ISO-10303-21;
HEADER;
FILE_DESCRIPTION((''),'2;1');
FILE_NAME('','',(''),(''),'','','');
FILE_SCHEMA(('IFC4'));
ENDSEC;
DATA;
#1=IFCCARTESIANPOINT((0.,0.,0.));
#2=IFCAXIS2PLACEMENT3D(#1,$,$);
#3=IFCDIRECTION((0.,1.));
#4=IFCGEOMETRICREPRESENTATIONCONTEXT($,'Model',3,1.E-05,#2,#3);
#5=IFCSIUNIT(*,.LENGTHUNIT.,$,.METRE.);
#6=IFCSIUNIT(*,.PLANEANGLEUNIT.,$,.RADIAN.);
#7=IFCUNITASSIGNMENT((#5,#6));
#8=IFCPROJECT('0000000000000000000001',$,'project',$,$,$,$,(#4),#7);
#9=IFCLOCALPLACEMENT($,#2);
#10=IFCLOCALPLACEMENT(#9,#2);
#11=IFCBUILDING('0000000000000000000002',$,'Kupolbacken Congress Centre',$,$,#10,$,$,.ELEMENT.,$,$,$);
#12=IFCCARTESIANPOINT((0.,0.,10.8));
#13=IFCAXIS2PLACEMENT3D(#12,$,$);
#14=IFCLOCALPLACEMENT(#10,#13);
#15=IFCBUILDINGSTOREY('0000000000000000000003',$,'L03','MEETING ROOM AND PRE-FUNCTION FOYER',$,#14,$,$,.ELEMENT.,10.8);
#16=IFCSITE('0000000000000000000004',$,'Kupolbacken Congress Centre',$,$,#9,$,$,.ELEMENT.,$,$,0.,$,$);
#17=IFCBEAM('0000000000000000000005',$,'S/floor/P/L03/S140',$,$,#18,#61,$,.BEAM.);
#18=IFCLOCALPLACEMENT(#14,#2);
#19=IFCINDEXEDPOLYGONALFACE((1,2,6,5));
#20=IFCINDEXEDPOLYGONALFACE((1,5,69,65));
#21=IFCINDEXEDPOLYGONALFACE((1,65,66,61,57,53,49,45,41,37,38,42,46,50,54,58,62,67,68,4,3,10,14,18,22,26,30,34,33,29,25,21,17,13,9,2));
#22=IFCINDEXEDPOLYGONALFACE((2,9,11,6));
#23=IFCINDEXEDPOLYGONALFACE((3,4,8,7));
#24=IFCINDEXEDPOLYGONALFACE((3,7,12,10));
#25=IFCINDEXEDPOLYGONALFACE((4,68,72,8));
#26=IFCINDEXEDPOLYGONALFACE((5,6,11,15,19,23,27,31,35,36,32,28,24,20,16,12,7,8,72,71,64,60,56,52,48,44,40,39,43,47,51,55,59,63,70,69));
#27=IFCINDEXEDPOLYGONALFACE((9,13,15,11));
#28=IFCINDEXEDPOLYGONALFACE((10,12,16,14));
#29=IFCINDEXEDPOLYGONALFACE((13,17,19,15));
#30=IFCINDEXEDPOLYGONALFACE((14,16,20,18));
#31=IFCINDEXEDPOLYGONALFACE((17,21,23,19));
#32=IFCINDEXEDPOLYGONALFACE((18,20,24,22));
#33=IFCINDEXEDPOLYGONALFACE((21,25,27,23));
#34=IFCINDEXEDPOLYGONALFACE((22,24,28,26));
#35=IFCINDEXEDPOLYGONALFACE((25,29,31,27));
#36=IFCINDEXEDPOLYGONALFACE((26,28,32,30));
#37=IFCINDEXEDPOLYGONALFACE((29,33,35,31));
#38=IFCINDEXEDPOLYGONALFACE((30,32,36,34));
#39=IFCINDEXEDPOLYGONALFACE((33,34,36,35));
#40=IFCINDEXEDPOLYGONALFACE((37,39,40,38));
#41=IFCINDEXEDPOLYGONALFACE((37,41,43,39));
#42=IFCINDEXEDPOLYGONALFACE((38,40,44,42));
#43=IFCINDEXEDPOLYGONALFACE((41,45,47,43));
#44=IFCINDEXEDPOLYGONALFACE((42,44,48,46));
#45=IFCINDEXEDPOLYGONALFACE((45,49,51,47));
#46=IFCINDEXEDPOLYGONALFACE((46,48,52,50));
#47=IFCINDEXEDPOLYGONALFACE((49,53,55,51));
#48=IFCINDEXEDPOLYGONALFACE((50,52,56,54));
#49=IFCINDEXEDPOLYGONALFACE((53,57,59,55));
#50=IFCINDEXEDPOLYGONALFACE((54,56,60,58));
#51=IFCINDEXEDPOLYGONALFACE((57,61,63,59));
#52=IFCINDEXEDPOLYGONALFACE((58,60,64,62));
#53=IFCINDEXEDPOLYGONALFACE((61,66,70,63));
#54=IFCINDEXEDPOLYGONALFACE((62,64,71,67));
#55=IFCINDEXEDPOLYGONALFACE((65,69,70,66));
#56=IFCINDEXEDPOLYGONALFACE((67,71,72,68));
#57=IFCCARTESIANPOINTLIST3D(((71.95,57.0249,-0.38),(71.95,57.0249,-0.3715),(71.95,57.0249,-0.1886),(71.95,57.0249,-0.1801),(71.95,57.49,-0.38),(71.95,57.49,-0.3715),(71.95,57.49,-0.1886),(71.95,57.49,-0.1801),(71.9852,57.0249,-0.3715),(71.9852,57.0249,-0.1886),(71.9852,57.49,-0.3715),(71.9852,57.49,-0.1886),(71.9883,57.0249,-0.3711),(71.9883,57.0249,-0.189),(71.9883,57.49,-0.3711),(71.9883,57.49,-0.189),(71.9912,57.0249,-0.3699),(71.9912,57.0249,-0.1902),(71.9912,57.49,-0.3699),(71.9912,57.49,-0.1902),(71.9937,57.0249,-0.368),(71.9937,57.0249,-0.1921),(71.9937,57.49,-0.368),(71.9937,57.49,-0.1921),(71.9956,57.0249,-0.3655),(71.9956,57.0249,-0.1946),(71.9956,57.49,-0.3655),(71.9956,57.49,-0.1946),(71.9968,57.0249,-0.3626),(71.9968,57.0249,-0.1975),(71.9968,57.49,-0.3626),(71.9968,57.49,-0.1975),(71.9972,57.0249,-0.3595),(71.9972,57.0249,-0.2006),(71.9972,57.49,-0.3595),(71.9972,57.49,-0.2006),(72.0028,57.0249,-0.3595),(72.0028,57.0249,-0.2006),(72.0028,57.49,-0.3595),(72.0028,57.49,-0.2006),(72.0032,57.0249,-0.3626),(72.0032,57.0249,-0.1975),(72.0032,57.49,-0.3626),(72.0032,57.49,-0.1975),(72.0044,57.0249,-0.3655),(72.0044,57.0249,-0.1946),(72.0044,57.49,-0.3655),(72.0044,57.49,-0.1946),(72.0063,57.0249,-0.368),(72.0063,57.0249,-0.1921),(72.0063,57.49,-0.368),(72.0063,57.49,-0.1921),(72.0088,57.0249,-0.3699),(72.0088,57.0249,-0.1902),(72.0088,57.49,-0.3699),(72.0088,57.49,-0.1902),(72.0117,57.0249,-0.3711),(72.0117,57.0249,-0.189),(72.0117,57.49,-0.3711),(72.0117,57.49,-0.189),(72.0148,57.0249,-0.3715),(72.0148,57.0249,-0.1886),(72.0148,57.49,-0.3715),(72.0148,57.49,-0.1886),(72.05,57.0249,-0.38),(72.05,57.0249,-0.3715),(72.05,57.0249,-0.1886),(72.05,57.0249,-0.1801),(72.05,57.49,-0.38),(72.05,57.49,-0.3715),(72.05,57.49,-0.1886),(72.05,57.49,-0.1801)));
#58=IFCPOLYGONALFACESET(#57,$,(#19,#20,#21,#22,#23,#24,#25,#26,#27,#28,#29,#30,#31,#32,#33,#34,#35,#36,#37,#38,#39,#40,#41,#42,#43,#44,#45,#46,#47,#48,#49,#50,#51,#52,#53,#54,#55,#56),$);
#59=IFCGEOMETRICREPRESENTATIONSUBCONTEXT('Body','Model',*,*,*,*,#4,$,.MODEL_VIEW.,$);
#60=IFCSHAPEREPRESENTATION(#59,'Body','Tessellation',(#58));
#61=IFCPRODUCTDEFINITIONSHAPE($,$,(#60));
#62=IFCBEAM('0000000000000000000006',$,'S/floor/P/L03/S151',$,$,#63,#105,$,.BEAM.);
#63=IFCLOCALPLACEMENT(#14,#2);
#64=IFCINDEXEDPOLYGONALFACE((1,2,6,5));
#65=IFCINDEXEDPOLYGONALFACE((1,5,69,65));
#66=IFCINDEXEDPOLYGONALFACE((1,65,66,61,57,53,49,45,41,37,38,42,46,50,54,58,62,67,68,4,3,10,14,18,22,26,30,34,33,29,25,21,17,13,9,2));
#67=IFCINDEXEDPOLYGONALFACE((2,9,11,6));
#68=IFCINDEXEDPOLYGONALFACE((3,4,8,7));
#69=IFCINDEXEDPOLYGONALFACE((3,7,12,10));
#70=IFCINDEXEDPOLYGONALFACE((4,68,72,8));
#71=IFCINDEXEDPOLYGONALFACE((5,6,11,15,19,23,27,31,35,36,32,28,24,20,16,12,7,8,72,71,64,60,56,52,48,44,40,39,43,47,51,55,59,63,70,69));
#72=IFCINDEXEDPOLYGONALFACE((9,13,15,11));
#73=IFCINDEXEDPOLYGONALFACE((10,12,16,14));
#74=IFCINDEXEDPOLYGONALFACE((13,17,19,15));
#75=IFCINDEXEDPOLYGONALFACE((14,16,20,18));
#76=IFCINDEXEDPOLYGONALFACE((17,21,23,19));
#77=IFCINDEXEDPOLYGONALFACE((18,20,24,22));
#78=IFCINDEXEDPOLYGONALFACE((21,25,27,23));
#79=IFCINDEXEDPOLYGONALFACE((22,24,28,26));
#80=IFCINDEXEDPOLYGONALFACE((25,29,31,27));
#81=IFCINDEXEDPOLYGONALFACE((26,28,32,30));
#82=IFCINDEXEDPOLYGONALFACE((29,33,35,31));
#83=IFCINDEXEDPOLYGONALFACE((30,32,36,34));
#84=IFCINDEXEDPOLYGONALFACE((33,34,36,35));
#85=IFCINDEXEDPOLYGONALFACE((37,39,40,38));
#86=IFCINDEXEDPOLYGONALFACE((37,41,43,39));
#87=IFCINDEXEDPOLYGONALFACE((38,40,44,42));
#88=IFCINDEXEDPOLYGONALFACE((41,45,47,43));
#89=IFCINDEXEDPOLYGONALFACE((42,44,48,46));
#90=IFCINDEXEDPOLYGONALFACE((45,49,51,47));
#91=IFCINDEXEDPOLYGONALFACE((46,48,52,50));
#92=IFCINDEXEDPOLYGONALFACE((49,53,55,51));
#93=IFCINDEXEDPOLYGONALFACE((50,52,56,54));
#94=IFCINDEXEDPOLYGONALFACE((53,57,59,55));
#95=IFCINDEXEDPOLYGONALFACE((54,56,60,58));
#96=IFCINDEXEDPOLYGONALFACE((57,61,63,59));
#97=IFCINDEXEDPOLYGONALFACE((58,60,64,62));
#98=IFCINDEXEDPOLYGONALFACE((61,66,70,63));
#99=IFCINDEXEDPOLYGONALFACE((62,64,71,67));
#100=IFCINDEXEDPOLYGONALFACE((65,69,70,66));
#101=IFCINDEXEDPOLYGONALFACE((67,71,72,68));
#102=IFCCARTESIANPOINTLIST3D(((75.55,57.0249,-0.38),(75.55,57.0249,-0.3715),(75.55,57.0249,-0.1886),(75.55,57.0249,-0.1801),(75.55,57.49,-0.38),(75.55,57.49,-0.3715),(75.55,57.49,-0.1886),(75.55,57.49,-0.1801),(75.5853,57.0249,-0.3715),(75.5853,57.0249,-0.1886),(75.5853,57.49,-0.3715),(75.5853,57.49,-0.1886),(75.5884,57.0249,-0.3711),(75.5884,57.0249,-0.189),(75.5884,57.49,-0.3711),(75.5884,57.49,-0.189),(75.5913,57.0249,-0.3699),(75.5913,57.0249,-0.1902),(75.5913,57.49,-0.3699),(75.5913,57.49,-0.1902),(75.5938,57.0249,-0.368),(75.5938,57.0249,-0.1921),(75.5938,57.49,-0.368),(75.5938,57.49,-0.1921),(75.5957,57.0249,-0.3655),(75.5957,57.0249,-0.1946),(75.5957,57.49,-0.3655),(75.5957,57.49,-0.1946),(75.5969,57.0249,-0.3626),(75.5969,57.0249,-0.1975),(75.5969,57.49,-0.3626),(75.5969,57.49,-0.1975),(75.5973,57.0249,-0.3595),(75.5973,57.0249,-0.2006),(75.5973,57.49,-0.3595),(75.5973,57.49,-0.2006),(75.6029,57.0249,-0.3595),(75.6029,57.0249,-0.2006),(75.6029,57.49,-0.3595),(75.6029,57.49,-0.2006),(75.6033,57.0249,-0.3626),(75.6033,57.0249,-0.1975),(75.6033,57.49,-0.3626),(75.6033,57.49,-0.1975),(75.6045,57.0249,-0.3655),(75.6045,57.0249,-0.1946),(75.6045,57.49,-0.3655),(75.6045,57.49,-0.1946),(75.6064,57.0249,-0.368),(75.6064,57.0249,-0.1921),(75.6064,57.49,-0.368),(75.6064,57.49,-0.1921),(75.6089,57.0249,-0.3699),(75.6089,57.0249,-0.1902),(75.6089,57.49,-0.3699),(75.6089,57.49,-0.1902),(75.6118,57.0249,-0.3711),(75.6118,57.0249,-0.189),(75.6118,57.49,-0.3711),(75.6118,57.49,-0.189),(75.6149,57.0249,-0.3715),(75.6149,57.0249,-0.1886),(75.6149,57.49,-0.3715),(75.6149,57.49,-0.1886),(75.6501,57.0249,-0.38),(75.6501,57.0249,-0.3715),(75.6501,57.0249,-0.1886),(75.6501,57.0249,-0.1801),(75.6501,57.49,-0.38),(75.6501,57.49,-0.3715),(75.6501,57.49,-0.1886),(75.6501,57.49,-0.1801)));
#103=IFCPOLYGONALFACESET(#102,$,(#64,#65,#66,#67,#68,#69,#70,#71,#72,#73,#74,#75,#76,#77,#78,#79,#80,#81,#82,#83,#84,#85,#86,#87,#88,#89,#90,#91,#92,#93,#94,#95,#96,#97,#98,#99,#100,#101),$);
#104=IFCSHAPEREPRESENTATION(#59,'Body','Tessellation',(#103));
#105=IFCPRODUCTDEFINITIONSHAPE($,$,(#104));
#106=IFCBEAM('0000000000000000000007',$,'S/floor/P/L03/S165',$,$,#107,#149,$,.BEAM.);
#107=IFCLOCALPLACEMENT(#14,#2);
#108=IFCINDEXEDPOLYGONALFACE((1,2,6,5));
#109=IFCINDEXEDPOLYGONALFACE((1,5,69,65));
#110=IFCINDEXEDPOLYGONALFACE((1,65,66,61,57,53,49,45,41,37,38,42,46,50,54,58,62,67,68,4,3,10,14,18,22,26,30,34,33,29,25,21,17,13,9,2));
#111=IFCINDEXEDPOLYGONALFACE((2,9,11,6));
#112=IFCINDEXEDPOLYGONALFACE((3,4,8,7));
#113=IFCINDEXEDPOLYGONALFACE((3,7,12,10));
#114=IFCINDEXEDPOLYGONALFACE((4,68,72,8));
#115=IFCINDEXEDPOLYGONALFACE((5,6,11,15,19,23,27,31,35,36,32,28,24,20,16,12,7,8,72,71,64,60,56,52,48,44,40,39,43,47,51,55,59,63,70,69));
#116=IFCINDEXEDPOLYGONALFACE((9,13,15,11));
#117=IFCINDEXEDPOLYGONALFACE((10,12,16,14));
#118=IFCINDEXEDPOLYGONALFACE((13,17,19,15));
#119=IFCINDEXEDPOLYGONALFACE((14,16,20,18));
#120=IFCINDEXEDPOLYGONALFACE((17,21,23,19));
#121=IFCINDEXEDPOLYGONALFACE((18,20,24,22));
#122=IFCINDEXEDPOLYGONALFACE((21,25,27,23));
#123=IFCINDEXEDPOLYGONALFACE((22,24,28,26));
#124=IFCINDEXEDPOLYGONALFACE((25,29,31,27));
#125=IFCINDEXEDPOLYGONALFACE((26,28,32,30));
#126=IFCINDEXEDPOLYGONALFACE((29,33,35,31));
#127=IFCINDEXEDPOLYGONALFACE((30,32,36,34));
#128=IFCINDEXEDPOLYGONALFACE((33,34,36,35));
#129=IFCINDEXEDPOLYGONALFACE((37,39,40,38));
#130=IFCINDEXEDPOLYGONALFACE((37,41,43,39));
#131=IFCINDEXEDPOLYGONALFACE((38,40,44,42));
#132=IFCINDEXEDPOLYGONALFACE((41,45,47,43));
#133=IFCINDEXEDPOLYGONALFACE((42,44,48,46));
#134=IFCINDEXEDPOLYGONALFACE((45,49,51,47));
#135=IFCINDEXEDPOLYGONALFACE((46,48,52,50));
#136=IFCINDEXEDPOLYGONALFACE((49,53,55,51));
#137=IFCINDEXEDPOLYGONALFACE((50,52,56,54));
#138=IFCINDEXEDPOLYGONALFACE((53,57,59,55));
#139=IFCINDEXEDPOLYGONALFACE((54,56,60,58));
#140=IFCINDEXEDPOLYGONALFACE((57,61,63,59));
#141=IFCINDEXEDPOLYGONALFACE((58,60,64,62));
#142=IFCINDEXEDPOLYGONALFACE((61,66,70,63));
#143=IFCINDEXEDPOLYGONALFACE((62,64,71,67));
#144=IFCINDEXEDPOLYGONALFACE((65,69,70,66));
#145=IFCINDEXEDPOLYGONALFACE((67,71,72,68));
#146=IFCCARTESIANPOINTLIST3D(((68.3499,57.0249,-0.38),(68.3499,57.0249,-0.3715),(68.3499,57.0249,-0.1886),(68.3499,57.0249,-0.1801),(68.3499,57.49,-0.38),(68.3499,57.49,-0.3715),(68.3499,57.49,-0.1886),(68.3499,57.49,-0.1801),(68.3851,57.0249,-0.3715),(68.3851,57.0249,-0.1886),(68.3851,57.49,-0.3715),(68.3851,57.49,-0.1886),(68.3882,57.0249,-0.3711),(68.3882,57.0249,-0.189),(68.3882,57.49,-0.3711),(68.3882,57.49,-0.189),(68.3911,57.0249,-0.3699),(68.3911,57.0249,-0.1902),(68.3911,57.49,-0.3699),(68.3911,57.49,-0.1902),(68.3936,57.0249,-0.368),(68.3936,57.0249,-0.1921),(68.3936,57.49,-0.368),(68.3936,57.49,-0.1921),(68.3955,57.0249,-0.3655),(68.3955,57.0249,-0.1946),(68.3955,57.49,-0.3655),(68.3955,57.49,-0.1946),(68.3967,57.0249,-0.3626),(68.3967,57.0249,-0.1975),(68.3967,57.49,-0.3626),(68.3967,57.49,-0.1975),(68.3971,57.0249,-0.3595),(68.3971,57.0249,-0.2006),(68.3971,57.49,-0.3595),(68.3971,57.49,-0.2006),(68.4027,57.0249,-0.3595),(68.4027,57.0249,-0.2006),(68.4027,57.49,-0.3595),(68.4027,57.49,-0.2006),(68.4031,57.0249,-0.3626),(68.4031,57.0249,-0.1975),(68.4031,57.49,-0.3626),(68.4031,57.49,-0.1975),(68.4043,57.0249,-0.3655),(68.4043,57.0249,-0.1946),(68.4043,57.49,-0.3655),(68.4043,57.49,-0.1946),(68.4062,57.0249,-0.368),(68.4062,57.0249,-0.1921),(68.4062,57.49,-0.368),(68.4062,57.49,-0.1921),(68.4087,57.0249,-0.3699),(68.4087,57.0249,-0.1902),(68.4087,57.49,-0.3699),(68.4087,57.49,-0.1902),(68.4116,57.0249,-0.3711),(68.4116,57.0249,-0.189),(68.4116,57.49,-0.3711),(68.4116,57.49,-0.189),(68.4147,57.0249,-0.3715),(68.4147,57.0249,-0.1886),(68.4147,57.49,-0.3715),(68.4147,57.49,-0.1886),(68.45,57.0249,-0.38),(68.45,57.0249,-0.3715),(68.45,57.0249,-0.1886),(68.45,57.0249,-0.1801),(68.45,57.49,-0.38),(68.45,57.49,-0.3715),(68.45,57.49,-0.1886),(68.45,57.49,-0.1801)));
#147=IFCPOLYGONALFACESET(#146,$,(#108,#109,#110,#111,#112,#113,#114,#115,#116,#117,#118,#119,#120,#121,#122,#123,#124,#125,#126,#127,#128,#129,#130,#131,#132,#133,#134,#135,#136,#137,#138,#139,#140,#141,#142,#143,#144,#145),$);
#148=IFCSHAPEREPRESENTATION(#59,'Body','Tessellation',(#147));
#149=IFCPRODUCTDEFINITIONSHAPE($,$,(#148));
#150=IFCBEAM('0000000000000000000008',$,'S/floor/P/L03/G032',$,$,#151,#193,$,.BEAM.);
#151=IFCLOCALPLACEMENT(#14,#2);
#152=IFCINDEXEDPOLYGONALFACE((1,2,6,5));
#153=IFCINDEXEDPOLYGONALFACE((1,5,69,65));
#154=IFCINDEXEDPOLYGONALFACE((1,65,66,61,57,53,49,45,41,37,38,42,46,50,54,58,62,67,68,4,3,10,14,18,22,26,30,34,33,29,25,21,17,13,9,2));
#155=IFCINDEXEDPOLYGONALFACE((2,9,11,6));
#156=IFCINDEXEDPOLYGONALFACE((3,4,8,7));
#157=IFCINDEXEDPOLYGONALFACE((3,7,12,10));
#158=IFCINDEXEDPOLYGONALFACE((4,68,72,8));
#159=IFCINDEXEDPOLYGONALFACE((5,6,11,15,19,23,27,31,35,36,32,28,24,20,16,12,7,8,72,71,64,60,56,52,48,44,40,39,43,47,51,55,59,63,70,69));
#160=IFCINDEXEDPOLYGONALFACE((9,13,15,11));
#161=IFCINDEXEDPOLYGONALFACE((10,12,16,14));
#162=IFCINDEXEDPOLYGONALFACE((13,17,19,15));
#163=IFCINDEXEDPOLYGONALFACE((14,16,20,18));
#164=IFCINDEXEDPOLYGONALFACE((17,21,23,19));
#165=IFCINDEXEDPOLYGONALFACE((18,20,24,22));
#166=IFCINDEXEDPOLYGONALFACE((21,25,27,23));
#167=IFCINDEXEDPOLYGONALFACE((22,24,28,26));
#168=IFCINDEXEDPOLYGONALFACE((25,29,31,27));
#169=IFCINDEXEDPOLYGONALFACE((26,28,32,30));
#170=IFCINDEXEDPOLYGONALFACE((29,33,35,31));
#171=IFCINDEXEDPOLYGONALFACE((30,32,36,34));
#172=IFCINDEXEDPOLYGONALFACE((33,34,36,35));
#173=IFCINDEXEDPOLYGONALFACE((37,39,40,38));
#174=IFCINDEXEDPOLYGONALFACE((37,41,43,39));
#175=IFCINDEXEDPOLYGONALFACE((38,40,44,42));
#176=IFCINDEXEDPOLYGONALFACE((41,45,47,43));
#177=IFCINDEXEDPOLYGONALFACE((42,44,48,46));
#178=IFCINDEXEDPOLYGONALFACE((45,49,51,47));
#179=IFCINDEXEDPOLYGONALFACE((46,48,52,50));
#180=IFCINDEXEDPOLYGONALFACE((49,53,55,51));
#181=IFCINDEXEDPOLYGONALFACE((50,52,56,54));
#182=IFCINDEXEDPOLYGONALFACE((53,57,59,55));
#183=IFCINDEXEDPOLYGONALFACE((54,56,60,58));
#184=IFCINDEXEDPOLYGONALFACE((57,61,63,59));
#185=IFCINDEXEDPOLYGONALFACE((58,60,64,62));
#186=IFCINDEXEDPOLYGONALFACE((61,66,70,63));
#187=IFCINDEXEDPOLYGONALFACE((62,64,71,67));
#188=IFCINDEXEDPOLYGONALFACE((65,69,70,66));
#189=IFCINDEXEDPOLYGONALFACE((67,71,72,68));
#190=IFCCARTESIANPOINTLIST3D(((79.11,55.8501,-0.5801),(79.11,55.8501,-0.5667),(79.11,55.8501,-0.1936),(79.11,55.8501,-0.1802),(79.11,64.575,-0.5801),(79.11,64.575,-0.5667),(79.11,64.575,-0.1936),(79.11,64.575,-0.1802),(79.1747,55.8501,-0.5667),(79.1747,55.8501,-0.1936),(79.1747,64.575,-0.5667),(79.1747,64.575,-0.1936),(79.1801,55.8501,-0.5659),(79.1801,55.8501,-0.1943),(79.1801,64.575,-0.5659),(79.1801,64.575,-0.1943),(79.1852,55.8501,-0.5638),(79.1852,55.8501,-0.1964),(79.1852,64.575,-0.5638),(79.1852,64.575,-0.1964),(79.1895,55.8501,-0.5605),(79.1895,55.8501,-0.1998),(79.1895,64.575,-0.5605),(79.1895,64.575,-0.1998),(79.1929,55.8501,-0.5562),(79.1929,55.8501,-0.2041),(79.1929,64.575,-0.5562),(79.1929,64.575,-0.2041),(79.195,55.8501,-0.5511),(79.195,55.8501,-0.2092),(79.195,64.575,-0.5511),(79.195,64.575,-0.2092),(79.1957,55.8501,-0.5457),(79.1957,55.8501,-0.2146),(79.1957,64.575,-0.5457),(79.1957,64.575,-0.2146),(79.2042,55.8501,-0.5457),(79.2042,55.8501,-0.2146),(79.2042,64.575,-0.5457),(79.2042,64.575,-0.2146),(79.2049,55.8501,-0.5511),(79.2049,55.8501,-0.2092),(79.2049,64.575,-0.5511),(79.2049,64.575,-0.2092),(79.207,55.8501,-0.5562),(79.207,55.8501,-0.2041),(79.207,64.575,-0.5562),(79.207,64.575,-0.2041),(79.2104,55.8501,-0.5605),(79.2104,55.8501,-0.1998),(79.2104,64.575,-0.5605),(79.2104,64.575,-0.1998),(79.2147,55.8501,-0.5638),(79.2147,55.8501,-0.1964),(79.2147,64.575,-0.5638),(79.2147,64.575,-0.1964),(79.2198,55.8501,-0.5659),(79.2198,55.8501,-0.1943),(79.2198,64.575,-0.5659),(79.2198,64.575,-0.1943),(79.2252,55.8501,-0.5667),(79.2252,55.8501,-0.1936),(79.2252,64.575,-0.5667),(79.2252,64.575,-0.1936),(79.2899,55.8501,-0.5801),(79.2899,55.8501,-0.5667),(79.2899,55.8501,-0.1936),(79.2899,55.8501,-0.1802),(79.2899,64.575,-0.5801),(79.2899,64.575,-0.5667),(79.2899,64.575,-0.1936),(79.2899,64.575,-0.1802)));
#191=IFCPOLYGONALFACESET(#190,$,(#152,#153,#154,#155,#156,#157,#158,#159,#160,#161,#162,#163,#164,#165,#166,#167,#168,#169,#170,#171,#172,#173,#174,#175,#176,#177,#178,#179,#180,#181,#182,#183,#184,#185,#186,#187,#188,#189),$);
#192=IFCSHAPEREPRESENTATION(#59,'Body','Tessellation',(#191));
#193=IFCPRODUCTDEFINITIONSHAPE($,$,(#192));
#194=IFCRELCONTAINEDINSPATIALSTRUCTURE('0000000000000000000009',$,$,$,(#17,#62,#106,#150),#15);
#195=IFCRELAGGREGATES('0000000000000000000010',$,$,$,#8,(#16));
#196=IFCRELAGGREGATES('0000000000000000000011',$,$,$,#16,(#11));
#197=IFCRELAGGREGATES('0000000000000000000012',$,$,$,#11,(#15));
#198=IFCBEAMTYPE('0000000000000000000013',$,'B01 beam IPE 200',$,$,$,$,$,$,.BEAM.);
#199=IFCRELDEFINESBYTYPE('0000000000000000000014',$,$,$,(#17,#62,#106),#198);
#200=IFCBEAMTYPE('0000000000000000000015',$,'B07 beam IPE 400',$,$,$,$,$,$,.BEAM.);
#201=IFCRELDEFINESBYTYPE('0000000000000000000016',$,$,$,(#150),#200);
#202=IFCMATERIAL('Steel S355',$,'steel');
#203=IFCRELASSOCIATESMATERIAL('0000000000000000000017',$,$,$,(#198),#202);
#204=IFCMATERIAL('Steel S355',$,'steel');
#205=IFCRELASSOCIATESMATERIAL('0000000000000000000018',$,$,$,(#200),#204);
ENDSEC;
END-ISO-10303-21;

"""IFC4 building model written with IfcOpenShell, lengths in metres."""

from ifc_helpers import new_model, si_unit, direction, frame, origin, origin_2d, place, context, subcontext, project, spatial, i_section, extrude, material, material_profile, profile_set, type_object, element, save


model = new_model("IFC4")

# Units and contexts
model_context = context("Model", 3, precision=1e-05, world=origin(), true_north=direction((0.0, 1.0)))
body_context = subcontext(model_context, "Body", "Model", "MODEL_VIEW")
ifc_project = project(units=[si_unit("LENGTHUNIT", "METRE"), si_unit("PLANEANGLEUNIT", "RADIAN")], contexts=[model_context])

# Site, building, storey
site_placement = place(None, origin())
site = spatial("IfcSite", under=ifc_project, at=site_placement, Name="Kupolbacken Congress Centre", CompositionType="ELEMENT", RefElevation=0.0)
building_placement = place(site_placement, origin())
building = spatial("IfcBuilding", under=site, at=building_placement, Name="Kupolbacken Congress Centre", CompositionType="ELEMENT")
storey_placement = place(building_placement, frame((0.0, 0.0, 10.8)))
storey = spatial("IfcBuildingStorey", under=building, at=storey_placement, Name="L03", Description="MEETING ROOM AND PRE-FUNCTION FOYER", CompositionType="ELEMENT", Elevation=10.8)

# Beams
ifc_material_1 = material(Name="Steel S355", Category="steel")
ifc_material_profile_1 = material_profile(ifc_material_1, i_section(OverallWidth=0.1001, OverallDepth=0.2, WebThickness=0.0056, FlangeThickness=0.0085, FilletRadius=0.012, at=origin_2d()), Name="IPE 200")
ifc_profile_set_1 = profile_set([ifc_material_profile_1], Name="Steel S355")
beam_type_1 = type_object("IfcBeamType", Name="B01 beam IPE 200", PredefinedType="BEAM", material=ifc_profile_set_1)
for number, where, z_axis, x_axis, name in (
    (1, (72.0, 57.0249, -0.28), (0.0, 1.0, 0.0), (-1.0, 0.0, 0.0), "S/floor/P/L03/S140"),
    (2, (75.6001, 57.0249, -0.28), (0.0, 1.0, 0.0), (-1.0, 0.0, 0.0), "S/floor/P/L03/S151"),
    (3, (68.3999, 57.0249, -0.28), (0.0, 1.0, 0.0), (-1.0, 0.0, 0.0), "S/floor/P/L03/S165"),
):
    element("IfcBeam", number, at=place(storey_placement, frame(where, z_axis=z_axis, x_axis=x_axis)), inside=storey, type_object=beam_type_1, Name=name, PredefinedType="BEAM", context=body_context, shape_type="SweptSolid", body=[
        extrude(i_section(OverallWidth=0.1001, OverallDepth=0.2, WebThickness=0.0056, FlangeThickness=0.0085, FilletRadius=0.012, at=origin_2d()), origin(), (0.0, 0.0, 1.0), 0.4651),
    ])
ifc_material_2 = material(Name="Steel S355", Category="steel")
ifc_material_profile_2 = material_profile(ifc_material_2, i_section(OverallWidth=0.1799, OverallDepth=0.3999, WebThickness=0.0085, FlangeThickness=0.0134, FilletRadius=0.021, at=origin_2d()), Name="IPE 400")
ifc_profile_set_2 = profile_set([ifc_material_profile_2], Name="Steel S355")
beam_type_2 = type_object("IfcBeamType", Name="B07 beam IPE 400", PredefinedType="BEAM", material=ifc_profile_set_2)
beam_1_placement = place(storey_placement, frame((79.2, 55.8501, -0.3801), z_axis=(0.0, 1.0, 0.0), x_axis=(-1.0, 0.0, 0.0)))
element("IfcBeam", 4, at=beam_1_placement, inside=storey, type_object=beam_type_2, Name="S/floor/P/L03/G032", PredefinedType="BEAM", context=body_context, shape_type="SweptSolid", body=[
    extrude(i_section(OverallWidth=0.1799, OverallDepth=0.3999, WebThickness=0.0085, FlangeThickness=0.0134, FilletRadius=0.021, at=origin_2d()), origin(), (0.0, 0.0, 1.0), 8.7249),
])

save(model, "model.ifc")
